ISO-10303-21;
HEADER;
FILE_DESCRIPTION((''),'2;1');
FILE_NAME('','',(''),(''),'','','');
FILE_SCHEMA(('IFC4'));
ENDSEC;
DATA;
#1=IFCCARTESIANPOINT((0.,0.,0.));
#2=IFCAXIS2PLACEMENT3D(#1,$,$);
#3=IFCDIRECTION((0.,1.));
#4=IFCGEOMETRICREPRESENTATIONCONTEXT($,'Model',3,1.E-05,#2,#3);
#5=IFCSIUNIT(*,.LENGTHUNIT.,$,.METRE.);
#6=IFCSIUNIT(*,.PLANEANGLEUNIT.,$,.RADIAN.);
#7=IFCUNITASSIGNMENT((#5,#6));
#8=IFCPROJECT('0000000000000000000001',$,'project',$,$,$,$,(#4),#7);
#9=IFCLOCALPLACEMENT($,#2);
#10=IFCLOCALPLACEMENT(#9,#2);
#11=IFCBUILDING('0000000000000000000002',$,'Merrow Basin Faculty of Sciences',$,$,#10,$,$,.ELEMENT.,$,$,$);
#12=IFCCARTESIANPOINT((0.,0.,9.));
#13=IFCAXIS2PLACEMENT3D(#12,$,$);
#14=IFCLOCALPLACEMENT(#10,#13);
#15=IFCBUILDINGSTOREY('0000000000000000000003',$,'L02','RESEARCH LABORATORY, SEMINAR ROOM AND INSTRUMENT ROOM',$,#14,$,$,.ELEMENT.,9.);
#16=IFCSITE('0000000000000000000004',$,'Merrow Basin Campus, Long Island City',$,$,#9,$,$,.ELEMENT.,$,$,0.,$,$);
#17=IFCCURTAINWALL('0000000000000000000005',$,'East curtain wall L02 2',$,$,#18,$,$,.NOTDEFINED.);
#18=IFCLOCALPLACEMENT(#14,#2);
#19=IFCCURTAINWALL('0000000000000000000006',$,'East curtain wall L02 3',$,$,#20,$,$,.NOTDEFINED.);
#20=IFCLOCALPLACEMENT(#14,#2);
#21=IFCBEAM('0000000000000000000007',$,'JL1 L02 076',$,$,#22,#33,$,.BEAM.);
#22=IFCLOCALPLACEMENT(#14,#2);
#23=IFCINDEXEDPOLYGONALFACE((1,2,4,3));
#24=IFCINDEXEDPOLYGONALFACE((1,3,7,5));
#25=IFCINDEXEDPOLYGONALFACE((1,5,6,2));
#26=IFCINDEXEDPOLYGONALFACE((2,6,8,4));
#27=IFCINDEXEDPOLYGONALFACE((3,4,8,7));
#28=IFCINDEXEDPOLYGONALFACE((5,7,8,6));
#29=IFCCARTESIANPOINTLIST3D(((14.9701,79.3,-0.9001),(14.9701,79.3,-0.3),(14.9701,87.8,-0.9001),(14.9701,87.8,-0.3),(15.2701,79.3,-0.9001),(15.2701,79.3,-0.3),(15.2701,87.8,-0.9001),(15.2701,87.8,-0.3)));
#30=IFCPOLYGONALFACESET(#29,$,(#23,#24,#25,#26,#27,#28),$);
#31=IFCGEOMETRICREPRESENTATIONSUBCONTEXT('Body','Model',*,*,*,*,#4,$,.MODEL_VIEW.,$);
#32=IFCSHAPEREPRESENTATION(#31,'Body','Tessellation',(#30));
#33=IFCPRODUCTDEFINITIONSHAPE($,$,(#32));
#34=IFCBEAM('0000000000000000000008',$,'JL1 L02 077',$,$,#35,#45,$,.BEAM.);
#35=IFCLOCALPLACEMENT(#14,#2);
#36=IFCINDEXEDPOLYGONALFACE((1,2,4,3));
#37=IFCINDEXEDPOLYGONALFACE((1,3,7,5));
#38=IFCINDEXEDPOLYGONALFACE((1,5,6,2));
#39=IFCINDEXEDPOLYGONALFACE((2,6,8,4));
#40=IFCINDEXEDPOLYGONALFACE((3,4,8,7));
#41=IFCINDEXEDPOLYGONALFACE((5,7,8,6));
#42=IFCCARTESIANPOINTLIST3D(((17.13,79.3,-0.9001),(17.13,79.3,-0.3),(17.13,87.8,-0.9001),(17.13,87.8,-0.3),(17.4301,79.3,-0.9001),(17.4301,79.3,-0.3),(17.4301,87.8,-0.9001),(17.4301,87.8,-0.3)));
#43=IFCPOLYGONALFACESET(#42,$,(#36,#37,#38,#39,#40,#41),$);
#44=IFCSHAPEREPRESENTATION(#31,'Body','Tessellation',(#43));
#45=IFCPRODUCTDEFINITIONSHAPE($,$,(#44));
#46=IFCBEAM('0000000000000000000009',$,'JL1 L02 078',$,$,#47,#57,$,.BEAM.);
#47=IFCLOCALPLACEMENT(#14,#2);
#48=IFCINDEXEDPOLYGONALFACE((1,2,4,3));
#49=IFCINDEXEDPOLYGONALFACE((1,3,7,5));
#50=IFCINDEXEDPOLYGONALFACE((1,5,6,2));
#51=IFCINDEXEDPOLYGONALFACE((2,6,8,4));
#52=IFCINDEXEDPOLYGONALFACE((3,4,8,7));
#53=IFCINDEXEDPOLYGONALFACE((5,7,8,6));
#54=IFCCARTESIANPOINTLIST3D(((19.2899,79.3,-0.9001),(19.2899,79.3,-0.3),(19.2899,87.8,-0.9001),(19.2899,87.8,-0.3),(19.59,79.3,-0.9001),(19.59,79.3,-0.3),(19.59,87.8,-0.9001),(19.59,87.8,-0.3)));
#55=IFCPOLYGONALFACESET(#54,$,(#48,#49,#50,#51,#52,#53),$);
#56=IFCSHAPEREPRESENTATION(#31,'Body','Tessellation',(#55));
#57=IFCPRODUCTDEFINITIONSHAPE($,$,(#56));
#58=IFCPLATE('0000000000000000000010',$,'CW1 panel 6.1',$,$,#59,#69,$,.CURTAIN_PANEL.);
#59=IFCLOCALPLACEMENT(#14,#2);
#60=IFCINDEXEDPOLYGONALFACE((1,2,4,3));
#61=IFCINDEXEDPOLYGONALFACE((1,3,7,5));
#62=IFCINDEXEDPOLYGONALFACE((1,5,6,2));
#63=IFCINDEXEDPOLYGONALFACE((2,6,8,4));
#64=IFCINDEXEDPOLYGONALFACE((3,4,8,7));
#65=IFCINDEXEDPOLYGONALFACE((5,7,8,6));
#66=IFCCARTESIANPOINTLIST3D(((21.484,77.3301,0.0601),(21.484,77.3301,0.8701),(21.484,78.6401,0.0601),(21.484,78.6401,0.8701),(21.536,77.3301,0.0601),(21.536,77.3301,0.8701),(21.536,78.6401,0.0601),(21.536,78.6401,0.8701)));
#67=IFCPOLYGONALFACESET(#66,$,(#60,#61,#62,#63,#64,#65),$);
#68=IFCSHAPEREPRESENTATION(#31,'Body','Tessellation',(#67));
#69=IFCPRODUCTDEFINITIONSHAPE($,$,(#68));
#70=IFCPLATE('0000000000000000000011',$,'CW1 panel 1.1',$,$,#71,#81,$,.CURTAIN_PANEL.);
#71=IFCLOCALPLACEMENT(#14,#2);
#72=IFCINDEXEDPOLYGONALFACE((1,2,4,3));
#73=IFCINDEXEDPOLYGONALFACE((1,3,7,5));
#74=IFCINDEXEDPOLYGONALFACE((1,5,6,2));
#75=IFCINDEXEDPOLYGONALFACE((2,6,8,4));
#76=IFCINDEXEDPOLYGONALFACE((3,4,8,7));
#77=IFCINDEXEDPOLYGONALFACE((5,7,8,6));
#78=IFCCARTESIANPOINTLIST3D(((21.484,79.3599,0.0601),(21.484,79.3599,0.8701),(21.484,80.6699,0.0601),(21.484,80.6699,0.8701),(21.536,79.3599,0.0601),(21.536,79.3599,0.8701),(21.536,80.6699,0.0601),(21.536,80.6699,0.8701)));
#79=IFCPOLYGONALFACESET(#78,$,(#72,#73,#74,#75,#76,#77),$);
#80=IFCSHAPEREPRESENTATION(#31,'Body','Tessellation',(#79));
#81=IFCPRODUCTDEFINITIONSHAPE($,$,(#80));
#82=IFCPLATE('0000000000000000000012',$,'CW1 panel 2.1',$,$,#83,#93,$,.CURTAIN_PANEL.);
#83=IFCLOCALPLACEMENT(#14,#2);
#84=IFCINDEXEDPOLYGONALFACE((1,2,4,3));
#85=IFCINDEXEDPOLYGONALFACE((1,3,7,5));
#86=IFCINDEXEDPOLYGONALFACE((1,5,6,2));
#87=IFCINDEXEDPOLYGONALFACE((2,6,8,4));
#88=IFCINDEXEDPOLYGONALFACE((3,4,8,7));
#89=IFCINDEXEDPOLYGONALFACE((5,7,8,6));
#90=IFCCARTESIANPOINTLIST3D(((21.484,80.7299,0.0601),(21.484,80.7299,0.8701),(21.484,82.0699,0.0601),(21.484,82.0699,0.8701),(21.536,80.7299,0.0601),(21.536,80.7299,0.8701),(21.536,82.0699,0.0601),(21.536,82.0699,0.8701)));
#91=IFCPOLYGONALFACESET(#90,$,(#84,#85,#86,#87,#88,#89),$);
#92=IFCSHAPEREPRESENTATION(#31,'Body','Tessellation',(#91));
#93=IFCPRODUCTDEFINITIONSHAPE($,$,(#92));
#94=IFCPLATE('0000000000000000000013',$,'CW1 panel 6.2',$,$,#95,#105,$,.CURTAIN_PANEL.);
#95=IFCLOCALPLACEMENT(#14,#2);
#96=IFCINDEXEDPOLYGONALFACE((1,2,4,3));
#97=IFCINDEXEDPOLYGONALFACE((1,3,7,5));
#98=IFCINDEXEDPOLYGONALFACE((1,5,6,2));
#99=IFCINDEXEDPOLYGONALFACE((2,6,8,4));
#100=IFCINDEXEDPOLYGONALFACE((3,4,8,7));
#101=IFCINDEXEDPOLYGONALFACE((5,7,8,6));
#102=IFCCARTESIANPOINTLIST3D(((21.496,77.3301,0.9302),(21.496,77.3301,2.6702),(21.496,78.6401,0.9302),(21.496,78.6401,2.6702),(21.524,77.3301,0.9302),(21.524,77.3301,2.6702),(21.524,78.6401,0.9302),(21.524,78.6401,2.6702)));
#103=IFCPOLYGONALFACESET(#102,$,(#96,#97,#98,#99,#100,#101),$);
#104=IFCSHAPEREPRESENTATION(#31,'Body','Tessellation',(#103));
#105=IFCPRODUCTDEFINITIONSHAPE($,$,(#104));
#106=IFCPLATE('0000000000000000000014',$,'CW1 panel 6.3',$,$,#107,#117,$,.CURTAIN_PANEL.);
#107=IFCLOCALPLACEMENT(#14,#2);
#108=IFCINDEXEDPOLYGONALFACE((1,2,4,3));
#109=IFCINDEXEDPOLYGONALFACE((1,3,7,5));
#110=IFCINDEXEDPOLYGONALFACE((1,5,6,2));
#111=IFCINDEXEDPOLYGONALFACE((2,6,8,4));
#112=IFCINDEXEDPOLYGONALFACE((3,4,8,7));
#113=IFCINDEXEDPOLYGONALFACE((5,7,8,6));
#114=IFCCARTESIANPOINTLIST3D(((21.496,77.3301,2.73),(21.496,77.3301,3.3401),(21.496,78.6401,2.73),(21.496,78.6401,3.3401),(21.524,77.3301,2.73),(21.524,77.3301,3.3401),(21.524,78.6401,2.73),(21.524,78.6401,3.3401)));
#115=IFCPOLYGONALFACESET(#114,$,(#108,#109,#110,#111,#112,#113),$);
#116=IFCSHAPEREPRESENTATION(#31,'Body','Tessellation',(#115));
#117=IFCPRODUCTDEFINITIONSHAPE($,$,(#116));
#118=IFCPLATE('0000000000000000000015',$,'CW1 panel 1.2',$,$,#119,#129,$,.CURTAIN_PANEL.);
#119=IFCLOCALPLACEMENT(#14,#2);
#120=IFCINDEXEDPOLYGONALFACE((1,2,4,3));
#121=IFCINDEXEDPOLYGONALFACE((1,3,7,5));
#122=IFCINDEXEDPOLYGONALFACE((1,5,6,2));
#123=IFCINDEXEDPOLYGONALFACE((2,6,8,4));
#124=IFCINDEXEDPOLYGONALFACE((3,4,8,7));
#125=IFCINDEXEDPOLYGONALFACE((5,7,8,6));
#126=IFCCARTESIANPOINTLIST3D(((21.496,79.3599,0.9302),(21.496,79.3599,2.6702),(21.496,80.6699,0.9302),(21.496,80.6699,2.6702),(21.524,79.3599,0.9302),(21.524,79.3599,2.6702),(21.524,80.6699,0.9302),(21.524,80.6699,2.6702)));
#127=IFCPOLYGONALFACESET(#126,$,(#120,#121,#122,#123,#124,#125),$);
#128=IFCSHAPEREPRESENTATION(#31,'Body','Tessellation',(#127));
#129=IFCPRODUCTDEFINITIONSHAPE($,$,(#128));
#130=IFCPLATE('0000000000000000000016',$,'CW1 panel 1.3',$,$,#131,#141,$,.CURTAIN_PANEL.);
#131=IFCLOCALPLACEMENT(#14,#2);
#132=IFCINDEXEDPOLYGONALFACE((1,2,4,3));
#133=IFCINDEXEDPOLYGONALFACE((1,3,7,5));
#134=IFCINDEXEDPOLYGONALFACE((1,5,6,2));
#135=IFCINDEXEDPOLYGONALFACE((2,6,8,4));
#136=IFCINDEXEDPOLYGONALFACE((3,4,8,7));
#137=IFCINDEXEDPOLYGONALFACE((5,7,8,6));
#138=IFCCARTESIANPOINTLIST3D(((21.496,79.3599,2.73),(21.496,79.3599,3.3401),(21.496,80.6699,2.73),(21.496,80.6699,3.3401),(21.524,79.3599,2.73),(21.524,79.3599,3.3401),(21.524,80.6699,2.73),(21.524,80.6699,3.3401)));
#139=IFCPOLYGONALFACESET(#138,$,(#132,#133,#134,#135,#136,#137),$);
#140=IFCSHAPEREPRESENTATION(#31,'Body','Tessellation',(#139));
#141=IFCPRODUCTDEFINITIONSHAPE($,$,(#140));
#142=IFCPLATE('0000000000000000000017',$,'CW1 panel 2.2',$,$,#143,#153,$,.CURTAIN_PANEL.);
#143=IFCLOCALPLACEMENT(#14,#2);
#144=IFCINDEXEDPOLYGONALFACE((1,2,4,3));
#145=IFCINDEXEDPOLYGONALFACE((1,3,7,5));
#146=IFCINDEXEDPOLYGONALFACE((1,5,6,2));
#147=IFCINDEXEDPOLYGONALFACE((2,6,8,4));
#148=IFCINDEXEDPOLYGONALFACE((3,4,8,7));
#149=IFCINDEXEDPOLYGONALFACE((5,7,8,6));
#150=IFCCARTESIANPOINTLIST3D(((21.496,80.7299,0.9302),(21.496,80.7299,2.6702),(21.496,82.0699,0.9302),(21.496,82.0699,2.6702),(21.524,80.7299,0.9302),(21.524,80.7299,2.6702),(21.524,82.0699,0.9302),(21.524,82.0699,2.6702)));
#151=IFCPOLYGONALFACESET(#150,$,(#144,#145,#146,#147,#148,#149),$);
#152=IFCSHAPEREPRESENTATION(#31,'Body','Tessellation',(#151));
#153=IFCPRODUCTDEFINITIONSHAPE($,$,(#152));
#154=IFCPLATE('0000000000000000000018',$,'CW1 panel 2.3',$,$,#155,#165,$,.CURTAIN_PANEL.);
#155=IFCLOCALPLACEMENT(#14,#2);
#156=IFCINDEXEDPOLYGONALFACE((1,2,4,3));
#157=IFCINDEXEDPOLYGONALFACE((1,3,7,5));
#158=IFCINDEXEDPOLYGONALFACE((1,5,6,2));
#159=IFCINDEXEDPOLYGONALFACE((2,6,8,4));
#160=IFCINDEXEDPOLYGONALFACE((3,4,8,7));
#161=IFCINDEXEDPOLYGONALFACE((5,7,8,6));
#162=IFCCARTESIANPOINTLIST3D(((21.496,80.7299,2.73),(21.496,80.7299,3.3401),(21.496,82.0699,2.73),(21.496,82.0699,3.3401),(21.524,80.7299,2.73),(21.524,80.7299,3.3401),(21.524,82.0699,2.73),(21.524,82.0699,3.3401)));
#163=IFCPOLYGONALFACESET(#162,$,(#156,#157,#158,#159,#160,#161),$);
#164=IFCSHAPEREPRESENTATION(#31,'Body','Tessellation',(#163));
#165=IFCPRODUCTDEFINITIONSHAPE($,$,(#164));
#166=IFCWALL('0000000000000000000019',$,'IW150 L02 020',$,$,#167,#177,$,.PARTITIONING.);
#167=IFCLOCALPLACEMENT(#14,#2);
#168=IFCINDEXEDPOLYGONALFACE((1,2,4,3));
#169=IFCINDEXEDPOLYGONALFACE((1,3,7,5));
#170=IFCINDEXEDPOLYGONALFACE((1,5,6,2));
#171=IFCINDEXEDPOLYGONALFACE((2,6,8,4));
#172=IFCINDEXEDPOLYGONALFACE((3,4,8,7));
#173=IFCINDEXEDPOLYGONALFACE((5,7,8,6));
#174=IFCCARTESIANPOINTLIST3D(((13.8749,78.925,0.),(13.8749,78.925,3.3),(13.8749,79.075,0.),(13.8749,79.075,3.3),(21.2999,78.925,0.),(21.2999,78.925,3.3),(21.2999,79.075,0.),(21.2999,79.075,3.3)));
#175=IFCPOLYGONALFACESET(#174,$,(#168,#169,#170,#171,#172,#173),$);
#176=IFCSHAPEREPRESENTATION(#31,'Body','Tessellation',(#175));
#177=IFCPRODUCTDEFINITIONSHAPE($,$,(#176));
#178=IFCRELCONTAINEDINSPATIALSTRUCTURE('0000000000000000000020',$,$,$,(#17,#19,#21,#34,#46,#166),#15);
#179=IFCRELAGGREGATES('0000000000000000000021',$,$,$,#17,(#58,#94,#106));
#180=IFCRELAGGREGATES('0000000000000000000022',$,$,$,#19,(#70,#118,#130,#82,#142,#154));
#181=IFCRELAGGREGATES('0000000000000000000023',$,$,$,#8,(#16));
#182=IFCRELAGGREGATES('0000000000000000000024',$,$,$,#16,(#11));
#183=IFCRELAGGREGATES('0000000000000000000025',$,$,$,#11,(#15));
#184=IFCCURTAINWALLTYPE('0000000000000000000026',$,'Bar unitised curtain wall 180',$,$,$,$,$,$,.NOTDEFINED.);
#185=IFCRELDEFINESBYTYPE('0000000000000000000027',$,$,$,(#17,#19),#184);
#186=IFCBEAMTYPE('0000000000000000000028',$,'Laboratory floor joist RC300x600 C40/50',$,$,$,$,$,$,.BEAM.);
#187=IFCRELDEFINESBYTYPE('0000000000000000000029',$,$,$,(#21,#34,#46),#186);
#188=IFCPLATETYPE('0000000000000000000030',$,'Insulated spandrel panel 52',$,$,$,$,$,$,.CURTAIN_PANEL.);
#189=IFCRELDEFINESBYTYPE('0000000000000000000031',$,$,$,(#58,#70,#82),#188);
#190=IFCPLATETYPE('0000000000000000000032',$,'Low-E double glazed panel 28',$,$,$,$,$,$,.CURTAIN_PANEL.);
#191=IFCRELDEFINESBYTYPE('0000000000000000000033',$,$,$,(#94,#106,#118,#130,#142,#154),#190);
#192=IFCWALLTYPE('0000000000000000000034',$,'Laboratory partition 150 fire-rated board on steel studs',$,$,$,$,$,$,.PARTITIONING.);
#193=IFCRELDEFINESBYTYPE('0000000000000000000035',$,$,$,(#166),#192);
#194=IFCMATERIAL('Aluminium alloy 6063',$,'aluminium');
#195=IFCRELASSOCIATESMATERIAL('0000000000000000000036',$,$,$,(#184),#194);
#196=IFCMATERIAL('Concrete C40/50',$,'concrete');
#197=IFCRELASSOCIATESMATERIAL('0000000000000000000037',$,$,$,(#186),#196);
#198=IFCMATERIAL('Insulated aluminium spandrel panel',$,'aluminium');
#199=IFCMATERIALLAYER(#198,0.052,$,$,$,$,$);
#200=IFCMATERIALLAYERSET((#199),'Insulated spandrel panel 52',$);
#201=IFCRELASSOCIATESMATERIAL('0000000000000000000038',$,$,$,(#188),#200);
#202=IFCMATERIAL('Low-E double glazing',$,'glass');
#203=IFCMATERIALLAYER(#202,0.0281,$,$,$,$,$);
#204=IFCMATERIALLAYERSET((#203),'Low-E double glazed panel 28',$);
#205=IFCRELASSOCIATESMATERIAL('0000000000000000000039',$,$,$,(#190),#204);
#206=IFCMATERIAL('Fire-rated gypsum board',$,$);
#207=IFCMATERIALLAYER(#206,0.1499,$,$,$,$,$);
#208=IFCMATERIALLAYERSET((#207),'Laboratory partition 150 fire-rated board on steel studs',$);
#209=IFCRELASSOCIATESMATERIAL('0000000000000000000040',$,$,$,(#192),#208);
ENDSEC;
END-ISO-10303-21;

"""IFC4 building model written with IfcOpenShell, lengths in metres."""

from ifc_helpers import new_model, si_unit, direction, frame, frame_2d, origin, origin_2d, place, context, subcontext, project, spatial, rectangle, extrude, material, layer, layer_set, material_profile, profile_set, type_object, element, aggregate, save


model = new_model("IFC4")

# Units and contexts
model_context = context("Model", 3, precision=1e-05, world=origin(), true_north=direction((0.0, 1.0)))
body_context = subcontext(model_context, "Body", "Model", "MODEL_VIEW")
ifc_project = project(units=[si_unit("LENGTHUNIT", "METRE"), si_unit("PLANEANGLEUNIT", "RADIAN")], contexts=[model_context])

# Site, building, storey
site_placement = place(None, origin())
site = spatial("IfcSite", under=ifc_project, at=site_placement, Name="Merrow Basin Campus, Long Island City", CompositionType="ELEMENT", RefElevation=0.0)
building_placement = place(site_placement, origin())
building = spatial("IfcBuilding", under=site, at=building_placement, Name="Merrow Basin Faculty of Sciences", CompositionType="ELEMENT")
storey_placement = place(building_placement, frame((0.0, 0.0, 9.0)))
storey = spatial("IfcBuildingStorey", under=building, at=storey_placement, Name="L02", Description="RESEARCH LABORATORY, SEMINAR ROOM AND INSTRUMENT ROOM", CompositionType="ELEMENT", Elevation=9.0)

# Curtain wall
ifc_material_1 = material(Name="Aluminium alloy 6063", Category="aluminium")
curtain_wall_type = type_object("IfcCurtainWallType", Name="Bar unitised curtain wall 180", PredefinedType="NOTDEFINED", material=ifc_material_1)
curtain_wall_1_placement = place(storey_placement, origin())
curtain_wall_1 = element("IfcCurtainWall", 1, at=curtain_wall_1_placement, inside=storey, type_object=curtain_wall_type, Name="East curtain wall L02 2", PredefinedType="NOTDEFINED")

# Curtain wall
curtain_wall_2_placement = place(storey_placement, origin())
curtain_wall_2 = element("IfcCurtainWall", 2, at=curtain_wall_2_placement, inside=storey, type_object=curtain_wall_type, Name="East curtain wall L02 3", PredefinedType="NOTDEFINED")

# Beams
ifc_material_2 = material(Name="Concrete C40/50", Category="concrete")
ifc_material_profile_1 = material_profile(ifc_material_2, rectangle(XDim=0.3, YDim=0.6001, at=origin_2d()))
ifc_profile_set_1 = profile_set([ifc_material_profile_1], Name="Concrete C40/50")
beam_type = type_object("IfcBeamType", Name="Laboratory floor joist RC300x600 C40/50", PredefinedType="BEAM", material=ifc_profile_set_1)
for number, where, z_axis, x_axis, name in (
    (3, (15.1201, 79.3, -0.6001), (0.0, 1.0, 0.0), (-1.0, 0.0, 0.0), "JL1 L02 076"),
    (4, (17.28, 79.3, -0.6001), (0.0, 1.0, 0.0), (-1.0, 0.0, 0.0), "JL1 L02 077"),
    (5, (19.4399, 79.3, -0.6001), (0.0, 1.0, 0.0), (-1.0, 0.0, 0.0), "JL1 L02 078"),
):
    element("IfcBeam", number, at=place(storey_placement, frame(where, z_axis=z_axis, x_axis=x_axis)), inside=storey, type_object=beam_type, Name=name, PredefinedType="BEAM", context=body_context, shape_type="SweptSolid", body=[
        extrude(rectangle(XDim=0.3, YDim=0.6001, at=origin_2d()), origin(), (0.0, 0.0, 1.0), 8.5),
    ])

# Plates
ifc_material_3 = material(Name="Insulated aluminium spandrel panel", Category="aluminium")
ifc_layer_1 = layer(ifc_material_3, 0.052)
ifc_layer_set_1 = layer_set([ifc_layer_1], Name="Insulated spandrel panel 52")
plate_type_1 = type_object("IfcPlateType", Name="Insulated spandrel panel 52", PredefinedType="CURTAIN_PANEL", material=ifc_layer_set_1)
plate_1_placement = place(storey_placement, frame((21.51, 77.9851, 0.0601), z_axis=(0.0, 0.0, 1.0), x_axis=(0.0, 1.0, 0.0)))
plate_1 = element("IfcPlate", 6, at=plate_1_placement, type_object=plate_type_1, Name="CW1 panel 6.1", PredefinedType="CURTAIN_PANEL", context=body_context, shape_type="SweptSolid", body=[
    extrude(rectangle(XDim=1.3101, YDim=0.052, at=origin_2d()), origin(), (0.0, 0.0, 1.0), 0.8101),
])
plate_2_placement = place(storey_placement, frame((21.51, 80.0149, 0.0601), z_axis=(0.0, 0.0, 1.0), x_axis=(0.0, 1.0, 0.0)))
plate_2 = element("IfcPlate", 7, at=plate_2_placement, type_object=plate_type_1, Name="CW1 panel 1.1", PredefinedType="CURTAIN_PANEL", context=body_context, shape_type="SweptSolid", body=[
    extrude(rectangle(XDim=1.3101, YDim=0.052, at=origin_2d()), origin(), (0.0, 0.0, 1.0), 0.8101),
])
plate_3_placement = place(storey_placement, frame((21.51, 81.3999, 0.0601), z_axis=(0.0, 0.0, 1.0), x_axis=(0.0, 1.0, 0.0)))
plate_3 = element("IfcPlate", 8, at=plate_3_placement, type_object=plate_type_1, Name="CW1 panel 2.1", PredefinedType="CURTAIN_PANEL", context=body_context, shape_type="SweptSolid", body=[
    extrude(rectangle(XDim=1.3401, YDim=0.052, at=origin_2d()), origin(), (0.0, 0.0, 1.0), 0.8101),
])
ifc_material_4 = material(Name="Low-E double glazing", Category="glass")
ifc_layer_2 = layer(ifc_material_4, 0.0281)
ifc_layer_set_2 = layer_set([ifc_layer_2], Name="Low-E double glazed panel 28")
plate_type_2 = type_object("IfcPlateType", Name="Low-E double glazed panel 28", PredefinedType="CURTAIN_PANEL", material=ifc_layer_set_2)
plate_4_placement = place(storey_placement, frame((21.51, 77.9851, 0.9302), z_axis=(0.0, 0.0, 1.0), x_axis=(0.0, 1.0, 0.0)))
plate_4 = element("IfcPlate", 9, at=plate_4_placement, type_object=plate_type_2, Name="CW1 panel 6.2", PredefinedType="CURTAIN_PANEL", context=body_context, shape_type="SweptSolid", body=[
    extrude(rectangle(XDim=1.3101, YDim=0.0281, at=origin_2d()), origin(), (0.0, 0.0, 1.0), 1.74),
])
plate_5_placement = place(storey_placement, frame((21.51, 77.9851, 2.73), z_axis=(0.0, 0.0, 1.0), x_axis=(0.0, 1.0, 0.0)))
plate_5 = element("IfcPlate", 10, at=plate_5_placement, type_object=plate_type_2, Name="CW1 panel 6.3", PredefinedType="CURTAIN_PANEL", context=body_context, shape_type="SweptSolid", body=[
    extrude(rectangle(XDim=1.3101, YDim=0.0281, at=origin_2d()), origin(), (0.0, 0.0, 1.0), 0.6101),
])
aggregate(curtain_wall_1, [plate_1, plate_4, plate_5])
plate_6_placement = place(storey_placement, frame((21.51, 80.0149, 0.9302), z_axis=(0.0, 0.0, 1.0), x_axis=(0.0, 1.0, 0.0)))
plate_6 = element("IfcPlate", 11, at=plate_6_placement, type_object=plate_type_2, Name="CW1 panel 1.2", PredefinedType="CURTAIN_PANEL", context=body_context, shape_type="SweptSolid", body=[
    extrude(rectangle(XDim=1.3101, YDim=0.0281, at=origin_2d()), origin(), (0.0, 0.0, 1.0), 1.74),
])
plate_7_placement = place(storey_placement, frame((21.51, 80.0149, 2.73), z_axis=(0.0, 0.0, 1.0), x_axis=(0.0, 1.0, 0.0)))
plate_7 = element("IfcPlate", 12, at=plate_7_placement, type_object=plate_type_2, Name="CW1 panel 1.3", PredefinedType="CURTAIN_PANEL", context=body_context, shape_type="SweptSolid", body=[
    extrude(rectangle(XDim=1.3101, YDim=0.0281, at=origin_2d()), origin(), (0.0, 0.0, 1.0), 0.6101),
])
plate_8_placement = place(storey_placement, frame((21.51, 81.3999, 0.9302), z_axis=(0.0, 0.0, 1.0), x_axis=(0.0, 1.0, 0.0)))
plate_8 = element("IfcPlate", 13, at=plate_8_placement, type_object=plate_type_2, Name="CW1 panel 2.2", PredefinedType="CURTAIN_PANEL", context=body_context, shape_type="SweptSolid", body=[
    extrude(rectangle(XDim=1.3401, YDim=0.0281, at=origin_2d()), origin(), (0.0, 0.0, 1.0), 1.74),
])
plate_9_placement = place(storey_placement, frame((21.51, 81.3999, 2.73), z_axis=(0.0, 0.0, 1.0), x_axis=(0.0, 1.0, 0.0)))
plate_9 = element("IfcPlate", 14, at=plate_9_placement, type_object=plate_type_2, Name="CW1 panel 2.3", PredefinedType="CURTAIN_PANEL", context=body_context, shape_type="SweptSolid", body=[
    extrude(rectangle(XDim=1.3401, YDim=0.0281, at=origin_2d()), origin(), (0.0, 0.0, 1.0), 0.6101),
])
aggregate(curtain_wall_2, [plate_2, plate_6, plate_7, plate_3, plate_8, plate_9])

# Wall
ifc_material_5 = material(Name="Fire-rated gypsum board")
ifc_layer_3 = layer(ifc_material_5, 0.1499)
ifc_layer_set_3 = layer_set([ifc_layer_3], Name="Laboratory partition 150 fire-rated board on steel studs")
wall_type = type_object("IfcWallType", Name="Laboratory partition 150 fire-rated board on steel studs", PredefinedType="PARTITIONING", material=ifc_layer_set_3)
wall_placement = place(storey_placement, frame((13.875, 79.0, 0.0), z_axis=(0.0, 0.0, 1.0), x_axis=(1.0, 0.0, 0.0)))
element("IfcWall", 15, at=wall_placement, inside=storey, type_object=wall_type, Name="IW150 L02 020", PredefinedType="PARTITIONING", context=body_context, shape_type="SweptSolid", body=[
    extrude(rectangle(XDim=7.425, YDim=0.1499, at=frame_2d((3.7124, 0.0))), origin(), (0.0, 0.0, 1.0), 3.3),
])

save(model, "model.ifc")
